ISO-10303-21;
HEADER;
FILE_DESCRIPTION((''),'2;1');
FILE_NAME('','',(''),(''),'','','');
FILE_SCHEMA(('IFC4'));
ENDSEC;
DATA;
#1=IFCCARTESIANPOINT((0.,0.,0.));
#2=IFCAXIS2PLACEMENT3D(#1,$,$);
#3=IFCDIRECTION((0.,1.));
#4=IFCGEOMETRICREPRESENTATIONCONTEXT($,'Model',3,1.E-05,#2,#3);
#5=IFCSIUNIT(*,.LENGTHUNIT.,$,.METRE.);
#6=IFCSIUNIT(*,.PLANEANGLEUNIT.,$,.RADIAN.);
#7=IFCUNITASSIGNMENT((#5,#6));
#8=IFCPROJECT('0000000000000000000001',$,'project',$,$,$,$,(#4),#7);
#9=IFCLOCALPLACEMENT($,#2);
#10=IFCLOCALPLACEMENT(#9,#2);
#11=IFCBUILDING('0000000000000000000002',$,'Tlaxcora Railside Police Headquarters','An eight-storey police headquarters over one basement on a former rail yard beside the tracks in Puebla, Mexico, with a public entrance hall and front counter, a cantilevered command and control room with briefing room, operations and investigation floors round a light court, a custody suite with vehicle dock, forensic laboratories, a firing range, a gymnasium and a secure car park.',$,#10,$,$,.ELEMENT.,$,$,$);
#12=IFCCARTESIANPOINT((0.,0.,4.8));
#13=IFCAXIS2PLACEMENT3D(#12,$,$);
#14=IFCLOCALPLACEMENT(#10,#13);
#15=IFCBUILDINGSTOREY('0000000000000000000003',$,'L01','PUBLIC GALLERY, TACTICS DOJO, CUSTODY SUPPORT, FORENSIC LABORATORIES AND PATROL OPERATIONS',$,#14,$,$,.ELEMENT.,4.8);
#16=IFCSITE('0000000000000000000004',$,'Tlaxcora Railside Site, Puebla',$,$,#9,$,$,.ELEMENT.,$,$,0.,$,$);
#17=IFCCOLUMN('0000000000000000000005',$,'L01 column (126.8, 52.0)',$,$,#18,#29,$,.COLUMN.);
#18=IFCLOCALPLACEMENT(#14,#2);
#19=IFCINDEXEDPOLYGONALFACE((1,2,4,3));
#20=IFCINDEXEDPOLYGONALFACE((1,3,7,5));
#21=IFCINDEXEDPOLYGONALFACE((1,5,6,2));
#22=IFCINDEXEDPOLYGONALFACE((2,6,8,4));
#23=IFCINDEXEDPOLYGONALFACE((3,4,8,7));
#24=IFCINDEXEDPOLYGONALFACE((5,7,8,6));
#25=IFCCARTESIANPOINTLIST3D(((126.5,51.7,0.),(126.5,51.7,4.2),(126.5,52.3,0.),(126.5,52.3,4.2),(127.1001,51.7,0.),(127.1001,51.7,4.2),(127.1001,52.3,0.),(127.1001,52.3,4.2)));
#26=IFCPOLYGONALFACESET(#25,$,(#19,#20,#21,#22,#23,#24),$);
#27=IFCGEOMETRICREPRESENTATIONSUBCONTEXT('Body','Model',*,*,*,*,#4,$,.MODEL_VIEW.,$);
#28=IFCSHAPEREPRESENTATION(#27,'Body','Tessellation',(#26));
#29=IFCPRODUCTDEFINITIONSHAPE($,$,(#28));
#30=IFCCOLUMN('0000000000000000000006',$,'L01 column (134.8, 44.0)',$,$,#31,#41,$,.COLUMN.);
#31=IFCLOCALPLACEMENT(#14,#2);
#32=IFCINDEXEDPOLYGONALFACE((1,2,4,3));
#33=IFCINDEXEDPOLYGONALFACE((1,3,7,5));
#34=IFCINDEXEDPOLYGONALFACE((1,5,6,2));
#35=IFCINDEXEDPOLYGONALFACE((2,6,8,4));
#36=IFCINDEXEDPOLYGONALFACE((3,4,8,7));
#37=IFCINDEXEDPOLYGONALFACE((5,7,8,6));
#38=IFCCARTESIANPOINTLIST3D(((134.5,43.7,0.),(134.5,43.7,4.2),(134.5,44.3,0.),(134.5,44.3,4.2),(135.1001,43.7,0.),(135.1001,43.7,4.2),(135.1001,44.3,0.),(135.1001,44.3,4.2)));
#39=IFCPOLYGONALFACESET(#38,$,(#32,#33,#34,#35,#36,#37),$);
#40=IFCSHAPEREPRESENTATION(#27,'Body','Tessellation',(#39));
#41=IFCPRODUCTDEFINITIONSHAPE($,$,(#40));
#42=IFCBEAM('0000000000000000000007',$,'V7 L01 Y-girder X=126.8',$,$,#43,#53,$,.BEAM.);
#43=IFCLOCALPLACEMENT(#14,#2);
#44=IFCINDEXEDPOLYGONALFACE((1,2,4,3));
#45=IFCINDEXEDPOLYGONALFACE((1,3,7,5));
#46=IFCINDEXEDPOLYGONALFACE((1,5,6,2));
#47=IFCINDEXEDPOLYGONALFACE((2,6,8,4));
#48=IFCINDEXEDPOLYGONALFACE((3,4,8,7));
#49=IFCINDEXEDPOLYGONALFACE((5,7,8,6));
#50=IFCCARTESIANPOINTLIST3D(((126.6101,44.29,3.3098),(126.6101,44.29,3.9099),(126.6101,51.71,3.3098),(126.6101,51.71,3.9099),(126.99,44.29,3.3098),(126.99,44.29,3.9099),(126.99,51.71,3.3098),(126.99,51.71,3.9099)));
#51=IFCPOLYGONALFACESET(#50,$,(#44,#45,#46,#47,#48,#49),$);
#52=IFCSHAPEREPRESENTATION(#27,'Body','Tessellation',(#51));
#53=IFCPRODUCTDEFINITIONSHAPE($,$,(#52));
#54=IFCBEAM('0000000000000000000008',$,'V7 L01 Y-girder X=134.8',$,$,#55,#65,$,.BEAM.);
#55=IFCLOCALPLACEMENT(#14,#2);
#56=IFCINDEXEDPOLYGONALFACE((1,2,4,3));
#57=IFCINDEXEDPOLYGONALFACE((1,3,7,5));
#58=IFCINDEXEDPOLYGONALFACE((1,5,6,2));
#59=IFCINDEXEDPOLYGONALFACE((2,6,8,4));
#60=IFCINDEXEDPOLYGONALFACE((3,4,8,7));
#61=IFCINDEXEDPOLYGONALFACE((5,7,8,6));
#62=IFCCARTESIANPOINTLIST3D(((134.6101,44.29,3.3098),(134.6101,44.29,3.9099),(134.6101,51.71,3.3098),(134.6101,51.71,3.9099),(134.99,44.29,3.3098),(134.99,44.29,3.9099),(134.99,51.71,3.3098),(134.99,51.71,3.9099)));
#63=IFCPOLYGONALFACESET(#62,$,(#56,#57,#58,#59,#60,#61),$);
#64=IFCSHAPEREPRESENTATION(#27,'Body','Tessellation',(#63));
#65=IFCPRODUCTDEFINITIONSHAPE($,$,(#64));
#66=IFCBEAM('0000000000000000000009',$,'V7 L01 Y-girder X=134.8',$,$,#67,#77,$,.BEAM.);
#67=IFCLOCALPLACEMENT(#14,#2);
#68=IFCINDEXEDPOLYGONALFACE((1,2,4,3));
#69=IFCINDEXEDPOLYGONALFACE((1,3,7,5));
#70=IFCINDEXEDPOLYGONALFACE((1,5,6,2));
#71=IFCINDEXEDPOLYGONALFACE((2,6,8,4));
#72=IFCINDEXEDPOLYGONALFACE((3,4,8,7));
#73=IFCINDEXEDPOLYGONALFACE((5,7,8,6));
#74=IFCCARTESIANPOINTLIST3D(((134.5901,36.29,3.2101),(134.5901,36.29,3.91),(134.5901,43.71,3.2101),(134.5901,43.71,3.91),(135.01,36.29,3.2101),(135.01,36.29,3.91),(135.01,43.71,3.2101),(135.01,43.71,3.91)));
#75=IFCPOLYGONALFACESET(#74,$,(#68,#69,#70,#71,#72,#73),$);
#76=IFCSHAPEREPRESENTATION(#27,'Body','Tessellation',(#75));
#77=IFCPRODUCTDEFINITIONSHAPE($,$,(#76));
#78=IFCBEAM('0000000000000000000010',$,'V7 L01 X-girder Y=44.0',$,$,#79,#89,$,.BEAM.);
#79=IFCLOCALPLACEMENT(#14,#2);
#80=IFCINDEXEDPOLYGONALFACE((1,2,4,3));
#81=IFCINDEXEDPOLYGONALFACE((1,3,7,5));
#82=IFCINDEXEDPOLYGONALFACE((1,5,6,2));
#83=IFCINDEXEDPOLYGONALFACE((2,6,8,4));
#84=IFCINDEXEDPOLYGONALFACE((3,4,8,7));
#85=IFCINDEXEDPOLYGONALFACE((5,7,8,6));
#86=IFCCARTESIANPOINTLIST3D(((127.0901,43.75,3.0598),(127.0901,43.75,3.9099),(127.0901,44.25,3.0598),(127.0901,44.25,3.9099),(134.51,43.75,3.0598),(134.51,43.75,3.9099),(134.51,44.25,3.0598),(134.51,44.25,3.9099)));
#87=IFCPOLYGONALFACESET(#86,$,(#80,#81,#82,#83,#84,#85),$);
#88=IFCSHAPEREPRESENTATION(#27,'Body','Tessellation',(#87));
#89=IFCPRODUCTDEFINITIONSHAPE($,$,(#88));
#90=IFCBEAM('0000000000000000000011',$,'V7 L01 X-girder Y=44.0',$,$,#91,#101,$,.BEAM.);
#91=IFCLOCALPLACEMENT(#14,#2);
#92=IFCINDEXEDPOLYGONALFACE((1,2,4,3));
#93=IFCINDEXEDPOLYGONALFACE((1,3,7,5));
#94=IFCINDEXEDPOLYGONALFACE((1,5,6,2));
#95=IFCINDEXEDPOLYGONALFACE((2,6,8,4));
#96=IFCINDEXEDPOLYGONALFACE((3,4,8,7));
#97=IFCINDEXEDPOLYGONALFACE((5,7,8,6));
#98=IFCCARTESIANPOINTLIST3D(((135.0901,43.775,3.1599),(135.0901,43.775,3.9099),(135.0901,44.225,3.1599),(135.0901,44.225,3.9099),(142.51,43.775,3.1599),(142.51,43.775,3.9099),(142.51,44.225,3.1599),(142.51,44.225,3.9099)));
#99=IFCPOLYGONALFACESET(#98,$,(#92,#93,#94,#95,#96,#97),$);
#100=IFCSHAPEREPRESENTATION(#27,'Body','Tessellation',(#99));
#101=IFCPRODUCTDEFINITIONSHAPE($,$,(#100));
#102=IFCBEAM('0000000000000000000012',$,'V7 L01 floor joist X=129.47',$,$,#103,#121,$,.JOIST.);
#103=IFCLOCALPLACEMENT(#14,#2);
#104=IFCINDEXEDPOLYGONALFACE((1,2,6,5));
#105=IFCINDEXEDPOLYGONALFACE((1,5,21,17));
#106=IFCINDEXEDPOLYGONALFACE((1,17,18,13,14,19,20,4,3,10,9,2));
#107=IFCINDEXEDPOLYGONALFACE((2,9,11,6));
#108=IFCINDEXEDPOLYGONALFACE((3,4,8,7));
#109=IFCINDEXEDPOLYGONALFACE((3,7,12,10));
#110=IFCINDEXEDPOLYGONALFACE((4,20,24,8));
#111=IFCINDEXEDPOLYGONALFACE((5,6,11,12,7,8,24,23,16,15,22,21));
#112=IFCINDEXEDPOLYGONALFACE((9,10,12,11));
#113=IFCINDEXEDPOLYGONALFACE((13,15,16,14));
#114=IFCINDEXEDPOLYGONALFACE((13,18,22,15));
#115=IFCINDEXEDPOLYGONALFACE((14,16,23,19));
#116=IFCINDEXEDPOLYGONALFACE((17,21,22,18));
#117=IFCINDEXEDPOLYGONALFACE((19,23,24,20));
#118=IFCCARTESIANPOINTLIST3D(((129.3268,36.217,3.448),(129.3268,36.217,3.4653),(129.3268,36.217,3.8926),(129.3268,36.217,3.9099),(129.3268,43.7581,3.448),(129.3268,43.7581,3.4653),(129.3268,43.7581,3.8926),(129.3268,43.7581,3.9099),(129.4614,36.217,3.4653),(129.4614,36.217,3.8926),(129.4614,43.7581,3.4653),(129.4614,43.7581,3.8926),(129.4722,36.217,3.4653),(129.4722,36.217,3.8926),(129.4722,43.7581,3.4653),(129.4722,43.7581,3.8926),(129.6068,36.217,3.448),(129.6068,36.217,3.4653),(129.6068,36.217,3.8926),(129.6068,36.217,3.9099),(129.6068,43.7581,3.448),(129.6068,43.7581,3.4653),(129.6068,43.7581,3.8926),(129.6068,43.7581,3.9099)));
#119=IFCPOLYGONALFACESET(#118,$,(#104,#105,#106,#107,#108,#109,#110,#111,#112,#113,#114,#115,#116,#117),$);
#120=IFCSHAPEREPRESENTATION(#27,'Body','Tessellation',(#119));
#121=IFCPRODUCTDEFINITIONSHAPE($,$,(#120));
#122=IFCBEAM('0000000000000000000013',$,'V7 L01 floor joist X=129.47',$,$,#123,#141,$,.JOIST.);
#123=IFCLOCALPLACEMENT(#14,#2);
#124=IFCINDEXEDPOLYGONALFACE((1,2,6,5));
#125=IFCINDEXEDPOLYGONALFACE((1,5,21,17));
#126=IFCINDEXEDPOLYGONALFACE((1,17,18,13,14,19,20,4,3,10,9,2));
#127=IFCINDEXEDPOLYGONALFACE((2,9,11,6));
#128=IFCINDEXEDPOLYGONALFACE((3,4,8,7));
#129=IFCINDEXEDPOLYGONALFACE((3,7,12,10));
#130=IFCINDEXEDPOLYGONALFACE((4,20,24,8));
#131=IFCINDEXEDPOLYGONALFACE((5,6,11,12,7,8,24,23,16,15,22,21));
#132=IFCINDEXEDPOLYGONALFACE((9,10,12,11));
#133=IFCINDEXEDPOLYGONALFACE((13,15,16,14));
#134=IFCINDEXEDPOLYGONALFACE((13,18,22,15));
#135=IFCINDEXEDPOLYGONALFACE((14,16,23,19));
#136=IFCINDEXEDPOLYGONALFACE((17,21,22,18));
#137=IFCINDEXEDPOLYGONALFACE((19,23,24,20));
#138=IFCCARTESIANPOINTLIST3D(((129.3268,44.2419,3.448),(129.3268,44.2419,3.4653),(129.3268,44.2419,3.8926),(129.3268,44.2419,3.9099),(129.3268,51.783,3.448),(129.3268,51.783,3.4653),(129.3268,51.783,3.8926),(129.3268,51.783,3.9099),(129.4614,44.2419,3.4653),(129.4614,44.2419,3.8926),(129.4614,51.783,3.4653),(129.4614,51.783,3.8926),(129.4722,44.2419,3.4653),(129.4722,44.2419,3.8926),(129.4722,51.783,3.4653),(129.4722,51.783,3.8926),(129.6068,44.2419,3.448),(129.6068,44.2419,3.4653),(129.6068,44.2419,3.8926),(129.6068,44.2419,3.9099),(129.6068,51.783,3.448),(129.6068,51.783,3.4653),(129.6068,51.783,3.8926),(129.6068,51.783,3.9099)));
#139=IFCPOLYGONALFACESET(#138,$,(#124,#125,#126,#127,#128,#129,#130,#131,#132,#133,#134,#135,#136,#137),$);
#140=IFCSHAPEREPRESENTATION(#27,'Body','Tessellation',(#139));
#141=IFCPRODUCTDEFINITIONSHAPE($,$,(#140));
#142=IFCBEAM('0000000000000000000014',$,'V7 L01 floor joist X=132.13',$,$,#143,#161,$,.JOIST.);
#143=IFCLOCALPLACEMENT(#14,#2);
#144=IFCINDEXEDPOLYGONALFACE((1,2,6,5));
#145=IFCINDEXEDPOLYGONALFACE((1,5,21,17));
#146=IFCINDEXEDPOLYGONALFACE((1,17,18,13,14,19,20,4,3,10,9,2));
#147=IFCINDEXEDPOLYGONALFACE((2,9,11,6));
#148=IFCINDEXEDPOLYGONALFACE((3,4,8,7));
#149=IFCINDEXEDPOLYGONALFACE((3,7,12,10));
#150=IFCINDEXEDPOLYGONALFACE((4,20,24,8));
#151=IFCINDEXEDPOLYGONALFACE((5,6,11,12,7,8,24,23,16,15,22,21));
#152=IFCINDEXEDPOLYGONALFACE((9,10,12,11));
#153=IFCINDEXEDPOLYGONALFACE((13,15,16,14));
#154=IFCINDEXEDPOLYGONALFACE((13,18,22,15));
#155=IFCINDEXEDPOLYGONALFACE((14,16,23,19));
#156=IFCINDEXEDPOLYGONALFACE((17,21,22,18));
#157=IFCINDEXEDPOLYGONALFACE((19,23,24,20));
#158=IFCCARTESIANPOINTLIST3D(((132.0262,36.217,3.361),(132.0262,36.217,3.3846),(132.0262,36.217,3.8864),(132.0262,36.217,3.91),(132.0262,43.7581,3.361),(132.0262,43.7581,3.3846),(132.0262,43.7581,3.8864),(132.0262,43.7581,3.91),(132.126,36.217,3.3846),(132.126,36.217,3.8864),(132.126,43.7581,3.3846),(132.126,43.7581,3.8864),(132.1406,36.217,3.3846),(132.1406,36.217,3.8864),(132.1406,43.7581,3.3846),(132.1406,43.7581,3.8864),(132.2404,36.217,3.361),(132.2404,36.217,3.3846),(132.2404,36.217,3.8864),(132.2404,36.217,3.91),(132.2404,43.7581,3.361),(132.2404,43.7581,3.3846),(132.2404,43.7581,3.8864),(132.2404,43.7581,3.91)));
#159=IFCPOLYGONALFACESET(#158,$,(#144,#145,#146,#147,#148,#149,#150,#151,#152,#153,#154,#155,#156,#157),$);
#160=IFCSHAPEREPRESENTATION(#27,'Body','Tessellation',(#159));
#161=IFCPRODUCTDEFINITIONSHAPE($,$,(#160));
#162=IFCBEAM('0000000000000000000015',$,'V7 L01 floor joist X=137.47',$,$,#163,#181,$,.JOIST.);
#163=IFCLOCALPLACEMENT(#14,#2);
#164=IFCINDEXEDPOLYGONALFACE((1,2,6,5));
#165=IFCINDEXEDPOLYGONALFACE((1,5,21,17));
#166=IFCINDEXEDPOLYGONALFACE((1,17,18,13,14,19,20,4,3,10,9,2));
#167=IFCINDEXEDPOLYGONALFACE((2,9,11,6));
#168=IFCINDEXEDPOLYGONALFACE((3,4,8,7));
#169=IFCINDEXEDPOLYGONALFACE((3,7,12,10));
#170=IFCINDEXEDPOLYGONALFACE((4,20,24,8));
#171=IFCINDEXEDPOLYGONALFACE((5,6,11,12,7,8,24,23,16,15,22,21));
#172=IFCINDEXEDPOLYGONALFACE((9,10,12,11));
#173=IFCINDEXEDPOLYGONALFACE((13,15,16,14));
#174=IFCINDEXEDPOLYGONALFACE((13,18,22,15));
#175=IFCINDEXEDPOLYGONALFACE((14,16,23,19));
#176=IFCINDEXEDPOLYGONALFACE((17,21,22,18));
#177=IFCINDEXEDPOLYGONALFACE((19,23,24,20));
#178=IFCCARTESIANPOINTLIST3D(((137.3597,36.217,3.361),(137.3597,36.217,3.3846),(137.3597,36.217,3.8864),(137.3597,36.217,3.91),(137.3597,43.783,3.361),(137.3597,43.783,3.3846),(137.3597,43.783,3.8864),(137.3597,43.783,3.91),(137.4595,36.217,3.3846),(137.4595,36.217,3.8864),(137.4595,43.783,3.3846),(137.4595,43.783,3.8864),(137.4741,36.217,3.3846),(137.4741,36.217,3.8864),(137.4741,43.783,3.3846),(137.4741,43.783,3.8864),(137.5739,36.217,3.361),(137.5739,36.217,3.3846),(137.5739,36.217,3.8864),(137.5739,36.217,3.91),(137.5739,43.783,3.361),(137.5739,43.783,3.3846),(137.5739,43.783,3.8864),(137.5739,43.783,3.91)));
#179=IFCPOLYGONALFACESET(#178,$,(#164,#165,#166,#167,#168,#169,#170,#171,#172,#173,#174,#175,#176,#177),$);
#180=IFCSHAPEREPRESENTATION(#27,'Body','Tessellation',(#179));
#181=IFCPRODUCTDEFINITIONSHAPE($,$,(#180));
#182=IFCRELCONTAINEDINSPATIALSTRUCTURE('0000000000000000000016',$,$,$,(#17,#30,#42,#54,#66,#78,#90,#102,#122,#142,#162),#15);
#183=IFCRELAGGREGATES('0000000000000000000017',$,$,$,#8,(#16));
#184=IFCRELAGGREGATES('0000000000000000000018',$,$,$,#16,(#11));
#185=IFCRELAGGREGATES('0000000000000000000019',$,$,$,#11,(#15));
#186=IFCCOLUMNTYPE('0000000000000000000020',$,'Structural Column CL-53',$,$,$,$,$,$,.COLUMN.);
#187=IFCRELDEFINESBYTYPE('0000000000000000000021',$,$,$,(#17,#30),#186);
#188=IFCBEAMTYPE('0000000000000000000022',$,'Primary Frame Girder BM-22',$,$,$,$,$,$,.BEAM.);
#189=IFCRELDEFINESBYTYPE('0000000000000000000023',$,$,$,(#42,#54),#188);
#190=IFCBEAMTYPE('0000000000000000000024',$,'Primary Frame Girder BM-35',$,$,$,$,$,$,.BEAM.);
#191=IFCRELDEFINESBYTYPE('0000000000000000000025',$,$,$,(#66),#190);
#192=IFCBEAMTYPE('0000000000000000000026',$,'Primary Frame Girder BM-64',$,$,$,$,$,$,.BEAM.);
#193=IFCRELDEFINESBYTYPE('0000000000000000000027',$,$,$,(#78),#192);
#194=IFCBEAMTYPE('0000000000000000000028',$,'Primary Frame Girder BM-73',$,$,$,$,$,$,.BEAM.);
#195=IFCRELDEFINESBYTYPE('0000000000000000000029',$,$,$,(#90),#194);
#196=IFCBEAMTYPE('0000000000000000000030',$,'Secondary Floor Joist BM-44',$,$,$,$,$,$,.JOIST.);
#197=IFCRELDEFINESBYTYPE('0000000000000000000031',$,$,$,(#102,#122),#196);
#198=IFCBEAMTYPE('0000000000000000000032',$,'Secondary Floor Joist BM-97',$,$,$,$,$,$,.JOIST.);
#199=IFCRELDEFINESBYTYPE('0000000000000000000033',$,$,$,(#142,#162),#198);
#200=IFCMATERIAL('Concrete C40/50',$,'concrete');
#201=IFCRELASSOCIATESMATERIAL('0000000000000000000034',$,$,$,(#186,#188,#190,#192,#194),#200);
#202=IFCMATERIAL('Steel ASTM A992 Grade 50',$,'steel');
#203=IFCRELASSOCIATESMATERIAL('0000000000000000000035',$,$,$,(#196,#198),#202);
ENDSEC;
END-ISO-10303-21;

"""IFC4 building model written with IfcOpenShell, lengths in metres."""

from ifc_helpers import new_model, si_unit, direction, frame, origin, origin_2d, place, context, subcontext, project, spatial, rectangle, i_section, extrude, material, material_profile, profile_set, type_object, element, save


model = new_model("IFC4")

# Units and contexts
model_context = context("Model", 3, precision=1e-05, world=origin(), true_north=direction((0.0, 1.0)))
body_context = subcontext(model_context, "Body", "Model", "MODEL_VIEW")
ifc_project = project(units=[si_unit("LENGTHUNIT", "METRE"), si_unit("PLANEANGLEUNIT", "RADIAN")], contexts=[model_context])

# Site, building, storey
site_placement = place(None, origin())
site = spatial("IfcSite", under=ifc_project, at=site_placement, Name="Tlaxcora Railside Site, Puebla", CompositionType="ELEMENT", RefElevation=0.0)
building_placement = place(site_placement, origin())
building = spatial("IfcBuilding", under=site, at=building_placement, Name="Tlaxcora Railside Police Headquarters", Description="An eight-storey police headquarters over one basement on a former rail yard beside the tracks in Puebla, Mexico, with a public entrance hall and front counter, a cantilevered command and control room with briefing room, operations and investigation floors round a light court, a custody suite with vehicle dock, forensic laboratories, a firing range, a gymnasium and a secure car park.", CompositionType="ELEMENT")
storey_placement = place(building_placement, frame((0.0, 0.0, 4.8)))
storey = spatial("IfcBuildingStorey", under=building, at=storey_placement, Name="L01", Description="PUBLIC GALLERY, TACTICS DOJO, CUSTODY SUPPORT, FORENSIC LABORATORIES AND PATROL OPERATIONS", CompositionType="ELEMENT", Elevation=4.8)

# Columns
ifc_material_1 = material(Name="Concrete C40/50", Category="concrete")
ifc_material_profile_1 = material_profile(ifc_material_1, rectangle(XDim=0.6001, YDim=0.6001, at=origin_2d()), Name="RC600X600")
ifc_profile_set_1 = profile_set([ifc_material_profile_1], Name="Concrete C40/50")
column_type = type_object("IfcColumnType", Name="Structural Column CL-53", PredefinedType="COLUMN", material=ifc_profile_set_1)
for number, where, z_axis, x_axis, name in (
    (1, (126.8, 52.0, 0.0), (0.0, 0.0, 1.0), (1.0, 0.0, 0.0), "L01 column (126.8, 52.0)"),
    (2, (134.8, 44.0, 0.0), (0.0, 0.0, 1.0), (1.0, 0.0, 0.0), "L01 column (134.8, 44.0)"),
):
    element("IfcColumn", number, at=place(storey_placement, frame(where, z_axis=z_axis, x_axis=x_axis)), inside=storey, type_object=column_type, Name=name, PredefinedType="COLUMN", context=body_context, shape_type="SweptSolid", body=[
        extrude(rectangle(XDim=0.6001, YDim=0.6001, at=origin_2d()), origin(), (0.0, 0.0, 1.0), 4.2),
    ])

# Beams
ifc_material_profile_2 = material_profile(ifc_material_1, rectangle(XDim=0.3799, YDim=0.6001, at=origin_2d()), Name="RC380X600")
ifc_profile_set_2 = profile_set([ifc_material_profile_2], Name="Concrete C40/50")
beam_type_1 = type_object("IfcBeamType", Name="Primary Frame Girder BM-22", PredefinedType="BEAM", material=ifc_profile_set_2)
for number, where, z_axis, x_axis, name in (
    (3, (126.8, 44.29, 3.6099), (0.0, 1.0, 0.0), (-1.0, 0.0, 0.0), "V7 L01 Y-girder X=126.8"),
    (4, (134.8, 44.29, 3.6099), (0.0, 1.0, 0.0), (-1.0, 0.0, 0.0), "V7 L01 Y-girder X=134.8"),
):
    element("IfcBeam", number, at=place(storey_placement, frame(where, z_axis=z_axis, x_axis=x_axis)), inside=storey, type_object=beam_type_1, Name=name, PredefinedType="BEAM", context=body_context, shape_type="SweptSolid", body=[
        extrude(rectangle(XDim=0.3799, YDim=0.6001, at=origin_2d()), origin(), (0.0, 0.0, 1.0), 7.4199),
    ])
ifc_material_profile_3 = material_profile(ifc_material_1, rectangle(XDim=0.4199, YDim=0.7, at=origin_2d()), Name="RC420X700")
ifc_profile_set_3 = profile_set([ifc_material_profile_3], Name="Concrete C40/50")
beam_type_2 = type_object("IfcBeamType", Name="Primary Frame Girder BM-35", PredefinedType="BEAM", material=ifc_profile_set_3)
beam_1_placement = place(storey_placement, frame((134.8, 36.29, 3.5601), z_axis=(0.0, 1.0, 0.0), x_axis=(-1.0, 0.0, 0.0)))
element("IfcBeam", 5, at=beam_1_placement, inside=storey, type_object=beam_type_2, Name="V7 L01 Y-girder X=134.8", PredefinedType="BEAM", context=body_context, shape_type="SweptSolid", body=[
    extrude(rectangle(XDim=0.4199, YDim=0.7, at=origin_2d()), origin(), (0.0, 0.0, 1.0), 7.4199),
])
ifc_material_profile_4 = material_profile(ifc_material_1, rectangle(XDim=0.5, YDim=0.8501, at=origin_2d()), Name="RC500X850")
ifc_profile_set_4 = profile_set([ifc_material_profile_4], Name="Concrete C40/50")
beam_type_3 = type_object("IfcBeamType", Name="Primary Frame Girder BM-64", PredefinedType="BEAM", material=ifc_profile_set_4)
beam_2_placement = place(storey_placement, frame((127.0901, 44.0, 3.4849), z_axis=(1.0, 0.0, 0.0), x_axis=(0.0, 1.0, 0.0)))
element("IfcBeam", 6, at=beam_2_placement, inside=storey, type_object=beam_type_3, Name="V7 L01 X-girder Y=44.0", PredefinedType="BEAM", context=body_context, shape_type="SweptSolid", body=[
    extrude(rectangle(XDim=0.5, YDim=0.8501, at=origin_2d()), origin(), (0.0, 0.0, 1.0), 7.4199),
])
ifc_material_profile_5 = material_profile(ifc_material_1, rectangle(XDim=0.45, YDim=0.75, at=origin_2d()), Name="RC450X750")
ifc_profile_set_5 = profile_set([ifc_material_profile_5], Name="Concrete C40/50")
beam_type_4 = type_object("IfcBeamType", Name="Primary Frame Girder BM-73", PredefinedType="BEAM", material=ifc_profile_set_5)
beam_3_placement = place(storey_placement, frame((135.0901, 44.0, 3.5349), z_axis=(1.0, 0.0, 0.0), x_axis=(0.0, 1.0, 0.0)))
element("IfcBeam", 7, at=beam_3_placement, inside=storey, type_object=beam_type_4, Name="V7 L01 X-girder Y=44.0", PredefinedType="BEAM", context=body_context, shape_type="SweptSolid", body=[
    extrude(rectangle(XDim=0.45, YDim=0.75, at=origin_2d()), origin(), (0.0, 0.0, 1.0), 7.4199),
])
ifc_material_2 = material(Name="Steel ASTM A992 Grade 50", Category="steel")
ifc_material_profile_6 = material_profile(ifc_material_2, i_section(OverallWidth=0.28, OverallDepth=0.4619, WebThickness=0.0107, FlangeThickness=0.0173, at=origin_2d()), Name="W18X76")
ifc_profile_set_6 = profile_set([ifc_material_profile_6], Name="Steel ASTM A992 Grade 50")
beam_type_5 = type_object("IfcBeamType", Name="Secondary Floor Joist BM-44", PredefinedType="JOIST", material=ifc_profile_set_6)
for number, where, z_axis, x_axis, name in (
    (8, (129.4668, 36.217, 3.679), (0.0, 1.0, 0.0), (-1.0, 0.0, 0.0), "V7 L01 floor joist X=129.47"),
    (9, (129.4668, 44.2419, 3.679), (0.0, 1.0, 0.0), (-1.0, 0.0, 0.0), "V7 L01 floor joist X=129.47"),
):
    element("IfcBeam", number, at=place(storey_placement, frame(where, z_axis=z_axis, x_axis=x_axis)), inside=storey, type_object=beam_type_5, Name=name, PredefinedType="JOIST", context=body_context, shape_type="SweptSolid", body=[
        extrude(i_section(OverallWidth=0.28, OverallDepth=0.4619, WebThickness=0.0107, FlangeThickness=0.0173, at=origin_2d()), origin(), (0.0, 0.0, 1.0), 7.541),
    ])
ifc_material_profile_7 = material_profile(ifc_material_2, i_section(OverallWidth=0.2141, OverallDepth=0.5491, WebThickness=0.0146, FlangeThickness=0.0237, at=origin_2d()), Name="W21X93")
ifc_profile_set_7 = profile_set([ifc_material_profile_7], Name="Steel ASTM A992 Grade 50")
beam_type_6 = type_object("IfcBeamType", Name="Secondary Floor Joist BM-97", PredefinedType="JOIST", material=ifc_profile_set_7)
beam_4_placement = place(storey_placement, frame((132.1333, 36.217, 3.6355), z_axis=(0.0, 1.0, 0.0), x_axis=(-1.0, 0.0, 0.0)))
element("IfcBeam", 10, at=beam_4_placement, inside=storey, type_object=beam_type_6, Name="V7 L01 floor joist X=132.13", PredefinedType="JOIST", context=body_context, shape_type="SweptSolid", body=[
    extrude(i_section(OverallWidth=0.2141, OverallDepth=0.5491, WebThickness=0.0146, FlangeThickness=0.0237, at=origin_2d()), origin(), (0.0, 0.0, 1.0), 7.541),
])
beam_5_placement = place(storey_placement, frame((137.4668, 36.217, 3.6355), z_axis=(0.0, 1.0, 0.0), x_axis=(-1.0, 0.0, 0.0)))
element("IfcBeam", 11, at=beam_5_placement, inside=storey, type_object=beam_type_6, Name="V7 L01 floor joist X=137.47", PredefinedType="JOIST", context=body_context, shape_type="SweptSolid", body=[
    extrude(i_section(OverallWidth=0.2141, OverallDepth=0.5491, WebThickness=0.0146, FlangeThickness=0.0237, at=origin_2d()), origin(), (0.0, 0.0, 1.0), 7.5659),
])

save(model, "model.ifc")
